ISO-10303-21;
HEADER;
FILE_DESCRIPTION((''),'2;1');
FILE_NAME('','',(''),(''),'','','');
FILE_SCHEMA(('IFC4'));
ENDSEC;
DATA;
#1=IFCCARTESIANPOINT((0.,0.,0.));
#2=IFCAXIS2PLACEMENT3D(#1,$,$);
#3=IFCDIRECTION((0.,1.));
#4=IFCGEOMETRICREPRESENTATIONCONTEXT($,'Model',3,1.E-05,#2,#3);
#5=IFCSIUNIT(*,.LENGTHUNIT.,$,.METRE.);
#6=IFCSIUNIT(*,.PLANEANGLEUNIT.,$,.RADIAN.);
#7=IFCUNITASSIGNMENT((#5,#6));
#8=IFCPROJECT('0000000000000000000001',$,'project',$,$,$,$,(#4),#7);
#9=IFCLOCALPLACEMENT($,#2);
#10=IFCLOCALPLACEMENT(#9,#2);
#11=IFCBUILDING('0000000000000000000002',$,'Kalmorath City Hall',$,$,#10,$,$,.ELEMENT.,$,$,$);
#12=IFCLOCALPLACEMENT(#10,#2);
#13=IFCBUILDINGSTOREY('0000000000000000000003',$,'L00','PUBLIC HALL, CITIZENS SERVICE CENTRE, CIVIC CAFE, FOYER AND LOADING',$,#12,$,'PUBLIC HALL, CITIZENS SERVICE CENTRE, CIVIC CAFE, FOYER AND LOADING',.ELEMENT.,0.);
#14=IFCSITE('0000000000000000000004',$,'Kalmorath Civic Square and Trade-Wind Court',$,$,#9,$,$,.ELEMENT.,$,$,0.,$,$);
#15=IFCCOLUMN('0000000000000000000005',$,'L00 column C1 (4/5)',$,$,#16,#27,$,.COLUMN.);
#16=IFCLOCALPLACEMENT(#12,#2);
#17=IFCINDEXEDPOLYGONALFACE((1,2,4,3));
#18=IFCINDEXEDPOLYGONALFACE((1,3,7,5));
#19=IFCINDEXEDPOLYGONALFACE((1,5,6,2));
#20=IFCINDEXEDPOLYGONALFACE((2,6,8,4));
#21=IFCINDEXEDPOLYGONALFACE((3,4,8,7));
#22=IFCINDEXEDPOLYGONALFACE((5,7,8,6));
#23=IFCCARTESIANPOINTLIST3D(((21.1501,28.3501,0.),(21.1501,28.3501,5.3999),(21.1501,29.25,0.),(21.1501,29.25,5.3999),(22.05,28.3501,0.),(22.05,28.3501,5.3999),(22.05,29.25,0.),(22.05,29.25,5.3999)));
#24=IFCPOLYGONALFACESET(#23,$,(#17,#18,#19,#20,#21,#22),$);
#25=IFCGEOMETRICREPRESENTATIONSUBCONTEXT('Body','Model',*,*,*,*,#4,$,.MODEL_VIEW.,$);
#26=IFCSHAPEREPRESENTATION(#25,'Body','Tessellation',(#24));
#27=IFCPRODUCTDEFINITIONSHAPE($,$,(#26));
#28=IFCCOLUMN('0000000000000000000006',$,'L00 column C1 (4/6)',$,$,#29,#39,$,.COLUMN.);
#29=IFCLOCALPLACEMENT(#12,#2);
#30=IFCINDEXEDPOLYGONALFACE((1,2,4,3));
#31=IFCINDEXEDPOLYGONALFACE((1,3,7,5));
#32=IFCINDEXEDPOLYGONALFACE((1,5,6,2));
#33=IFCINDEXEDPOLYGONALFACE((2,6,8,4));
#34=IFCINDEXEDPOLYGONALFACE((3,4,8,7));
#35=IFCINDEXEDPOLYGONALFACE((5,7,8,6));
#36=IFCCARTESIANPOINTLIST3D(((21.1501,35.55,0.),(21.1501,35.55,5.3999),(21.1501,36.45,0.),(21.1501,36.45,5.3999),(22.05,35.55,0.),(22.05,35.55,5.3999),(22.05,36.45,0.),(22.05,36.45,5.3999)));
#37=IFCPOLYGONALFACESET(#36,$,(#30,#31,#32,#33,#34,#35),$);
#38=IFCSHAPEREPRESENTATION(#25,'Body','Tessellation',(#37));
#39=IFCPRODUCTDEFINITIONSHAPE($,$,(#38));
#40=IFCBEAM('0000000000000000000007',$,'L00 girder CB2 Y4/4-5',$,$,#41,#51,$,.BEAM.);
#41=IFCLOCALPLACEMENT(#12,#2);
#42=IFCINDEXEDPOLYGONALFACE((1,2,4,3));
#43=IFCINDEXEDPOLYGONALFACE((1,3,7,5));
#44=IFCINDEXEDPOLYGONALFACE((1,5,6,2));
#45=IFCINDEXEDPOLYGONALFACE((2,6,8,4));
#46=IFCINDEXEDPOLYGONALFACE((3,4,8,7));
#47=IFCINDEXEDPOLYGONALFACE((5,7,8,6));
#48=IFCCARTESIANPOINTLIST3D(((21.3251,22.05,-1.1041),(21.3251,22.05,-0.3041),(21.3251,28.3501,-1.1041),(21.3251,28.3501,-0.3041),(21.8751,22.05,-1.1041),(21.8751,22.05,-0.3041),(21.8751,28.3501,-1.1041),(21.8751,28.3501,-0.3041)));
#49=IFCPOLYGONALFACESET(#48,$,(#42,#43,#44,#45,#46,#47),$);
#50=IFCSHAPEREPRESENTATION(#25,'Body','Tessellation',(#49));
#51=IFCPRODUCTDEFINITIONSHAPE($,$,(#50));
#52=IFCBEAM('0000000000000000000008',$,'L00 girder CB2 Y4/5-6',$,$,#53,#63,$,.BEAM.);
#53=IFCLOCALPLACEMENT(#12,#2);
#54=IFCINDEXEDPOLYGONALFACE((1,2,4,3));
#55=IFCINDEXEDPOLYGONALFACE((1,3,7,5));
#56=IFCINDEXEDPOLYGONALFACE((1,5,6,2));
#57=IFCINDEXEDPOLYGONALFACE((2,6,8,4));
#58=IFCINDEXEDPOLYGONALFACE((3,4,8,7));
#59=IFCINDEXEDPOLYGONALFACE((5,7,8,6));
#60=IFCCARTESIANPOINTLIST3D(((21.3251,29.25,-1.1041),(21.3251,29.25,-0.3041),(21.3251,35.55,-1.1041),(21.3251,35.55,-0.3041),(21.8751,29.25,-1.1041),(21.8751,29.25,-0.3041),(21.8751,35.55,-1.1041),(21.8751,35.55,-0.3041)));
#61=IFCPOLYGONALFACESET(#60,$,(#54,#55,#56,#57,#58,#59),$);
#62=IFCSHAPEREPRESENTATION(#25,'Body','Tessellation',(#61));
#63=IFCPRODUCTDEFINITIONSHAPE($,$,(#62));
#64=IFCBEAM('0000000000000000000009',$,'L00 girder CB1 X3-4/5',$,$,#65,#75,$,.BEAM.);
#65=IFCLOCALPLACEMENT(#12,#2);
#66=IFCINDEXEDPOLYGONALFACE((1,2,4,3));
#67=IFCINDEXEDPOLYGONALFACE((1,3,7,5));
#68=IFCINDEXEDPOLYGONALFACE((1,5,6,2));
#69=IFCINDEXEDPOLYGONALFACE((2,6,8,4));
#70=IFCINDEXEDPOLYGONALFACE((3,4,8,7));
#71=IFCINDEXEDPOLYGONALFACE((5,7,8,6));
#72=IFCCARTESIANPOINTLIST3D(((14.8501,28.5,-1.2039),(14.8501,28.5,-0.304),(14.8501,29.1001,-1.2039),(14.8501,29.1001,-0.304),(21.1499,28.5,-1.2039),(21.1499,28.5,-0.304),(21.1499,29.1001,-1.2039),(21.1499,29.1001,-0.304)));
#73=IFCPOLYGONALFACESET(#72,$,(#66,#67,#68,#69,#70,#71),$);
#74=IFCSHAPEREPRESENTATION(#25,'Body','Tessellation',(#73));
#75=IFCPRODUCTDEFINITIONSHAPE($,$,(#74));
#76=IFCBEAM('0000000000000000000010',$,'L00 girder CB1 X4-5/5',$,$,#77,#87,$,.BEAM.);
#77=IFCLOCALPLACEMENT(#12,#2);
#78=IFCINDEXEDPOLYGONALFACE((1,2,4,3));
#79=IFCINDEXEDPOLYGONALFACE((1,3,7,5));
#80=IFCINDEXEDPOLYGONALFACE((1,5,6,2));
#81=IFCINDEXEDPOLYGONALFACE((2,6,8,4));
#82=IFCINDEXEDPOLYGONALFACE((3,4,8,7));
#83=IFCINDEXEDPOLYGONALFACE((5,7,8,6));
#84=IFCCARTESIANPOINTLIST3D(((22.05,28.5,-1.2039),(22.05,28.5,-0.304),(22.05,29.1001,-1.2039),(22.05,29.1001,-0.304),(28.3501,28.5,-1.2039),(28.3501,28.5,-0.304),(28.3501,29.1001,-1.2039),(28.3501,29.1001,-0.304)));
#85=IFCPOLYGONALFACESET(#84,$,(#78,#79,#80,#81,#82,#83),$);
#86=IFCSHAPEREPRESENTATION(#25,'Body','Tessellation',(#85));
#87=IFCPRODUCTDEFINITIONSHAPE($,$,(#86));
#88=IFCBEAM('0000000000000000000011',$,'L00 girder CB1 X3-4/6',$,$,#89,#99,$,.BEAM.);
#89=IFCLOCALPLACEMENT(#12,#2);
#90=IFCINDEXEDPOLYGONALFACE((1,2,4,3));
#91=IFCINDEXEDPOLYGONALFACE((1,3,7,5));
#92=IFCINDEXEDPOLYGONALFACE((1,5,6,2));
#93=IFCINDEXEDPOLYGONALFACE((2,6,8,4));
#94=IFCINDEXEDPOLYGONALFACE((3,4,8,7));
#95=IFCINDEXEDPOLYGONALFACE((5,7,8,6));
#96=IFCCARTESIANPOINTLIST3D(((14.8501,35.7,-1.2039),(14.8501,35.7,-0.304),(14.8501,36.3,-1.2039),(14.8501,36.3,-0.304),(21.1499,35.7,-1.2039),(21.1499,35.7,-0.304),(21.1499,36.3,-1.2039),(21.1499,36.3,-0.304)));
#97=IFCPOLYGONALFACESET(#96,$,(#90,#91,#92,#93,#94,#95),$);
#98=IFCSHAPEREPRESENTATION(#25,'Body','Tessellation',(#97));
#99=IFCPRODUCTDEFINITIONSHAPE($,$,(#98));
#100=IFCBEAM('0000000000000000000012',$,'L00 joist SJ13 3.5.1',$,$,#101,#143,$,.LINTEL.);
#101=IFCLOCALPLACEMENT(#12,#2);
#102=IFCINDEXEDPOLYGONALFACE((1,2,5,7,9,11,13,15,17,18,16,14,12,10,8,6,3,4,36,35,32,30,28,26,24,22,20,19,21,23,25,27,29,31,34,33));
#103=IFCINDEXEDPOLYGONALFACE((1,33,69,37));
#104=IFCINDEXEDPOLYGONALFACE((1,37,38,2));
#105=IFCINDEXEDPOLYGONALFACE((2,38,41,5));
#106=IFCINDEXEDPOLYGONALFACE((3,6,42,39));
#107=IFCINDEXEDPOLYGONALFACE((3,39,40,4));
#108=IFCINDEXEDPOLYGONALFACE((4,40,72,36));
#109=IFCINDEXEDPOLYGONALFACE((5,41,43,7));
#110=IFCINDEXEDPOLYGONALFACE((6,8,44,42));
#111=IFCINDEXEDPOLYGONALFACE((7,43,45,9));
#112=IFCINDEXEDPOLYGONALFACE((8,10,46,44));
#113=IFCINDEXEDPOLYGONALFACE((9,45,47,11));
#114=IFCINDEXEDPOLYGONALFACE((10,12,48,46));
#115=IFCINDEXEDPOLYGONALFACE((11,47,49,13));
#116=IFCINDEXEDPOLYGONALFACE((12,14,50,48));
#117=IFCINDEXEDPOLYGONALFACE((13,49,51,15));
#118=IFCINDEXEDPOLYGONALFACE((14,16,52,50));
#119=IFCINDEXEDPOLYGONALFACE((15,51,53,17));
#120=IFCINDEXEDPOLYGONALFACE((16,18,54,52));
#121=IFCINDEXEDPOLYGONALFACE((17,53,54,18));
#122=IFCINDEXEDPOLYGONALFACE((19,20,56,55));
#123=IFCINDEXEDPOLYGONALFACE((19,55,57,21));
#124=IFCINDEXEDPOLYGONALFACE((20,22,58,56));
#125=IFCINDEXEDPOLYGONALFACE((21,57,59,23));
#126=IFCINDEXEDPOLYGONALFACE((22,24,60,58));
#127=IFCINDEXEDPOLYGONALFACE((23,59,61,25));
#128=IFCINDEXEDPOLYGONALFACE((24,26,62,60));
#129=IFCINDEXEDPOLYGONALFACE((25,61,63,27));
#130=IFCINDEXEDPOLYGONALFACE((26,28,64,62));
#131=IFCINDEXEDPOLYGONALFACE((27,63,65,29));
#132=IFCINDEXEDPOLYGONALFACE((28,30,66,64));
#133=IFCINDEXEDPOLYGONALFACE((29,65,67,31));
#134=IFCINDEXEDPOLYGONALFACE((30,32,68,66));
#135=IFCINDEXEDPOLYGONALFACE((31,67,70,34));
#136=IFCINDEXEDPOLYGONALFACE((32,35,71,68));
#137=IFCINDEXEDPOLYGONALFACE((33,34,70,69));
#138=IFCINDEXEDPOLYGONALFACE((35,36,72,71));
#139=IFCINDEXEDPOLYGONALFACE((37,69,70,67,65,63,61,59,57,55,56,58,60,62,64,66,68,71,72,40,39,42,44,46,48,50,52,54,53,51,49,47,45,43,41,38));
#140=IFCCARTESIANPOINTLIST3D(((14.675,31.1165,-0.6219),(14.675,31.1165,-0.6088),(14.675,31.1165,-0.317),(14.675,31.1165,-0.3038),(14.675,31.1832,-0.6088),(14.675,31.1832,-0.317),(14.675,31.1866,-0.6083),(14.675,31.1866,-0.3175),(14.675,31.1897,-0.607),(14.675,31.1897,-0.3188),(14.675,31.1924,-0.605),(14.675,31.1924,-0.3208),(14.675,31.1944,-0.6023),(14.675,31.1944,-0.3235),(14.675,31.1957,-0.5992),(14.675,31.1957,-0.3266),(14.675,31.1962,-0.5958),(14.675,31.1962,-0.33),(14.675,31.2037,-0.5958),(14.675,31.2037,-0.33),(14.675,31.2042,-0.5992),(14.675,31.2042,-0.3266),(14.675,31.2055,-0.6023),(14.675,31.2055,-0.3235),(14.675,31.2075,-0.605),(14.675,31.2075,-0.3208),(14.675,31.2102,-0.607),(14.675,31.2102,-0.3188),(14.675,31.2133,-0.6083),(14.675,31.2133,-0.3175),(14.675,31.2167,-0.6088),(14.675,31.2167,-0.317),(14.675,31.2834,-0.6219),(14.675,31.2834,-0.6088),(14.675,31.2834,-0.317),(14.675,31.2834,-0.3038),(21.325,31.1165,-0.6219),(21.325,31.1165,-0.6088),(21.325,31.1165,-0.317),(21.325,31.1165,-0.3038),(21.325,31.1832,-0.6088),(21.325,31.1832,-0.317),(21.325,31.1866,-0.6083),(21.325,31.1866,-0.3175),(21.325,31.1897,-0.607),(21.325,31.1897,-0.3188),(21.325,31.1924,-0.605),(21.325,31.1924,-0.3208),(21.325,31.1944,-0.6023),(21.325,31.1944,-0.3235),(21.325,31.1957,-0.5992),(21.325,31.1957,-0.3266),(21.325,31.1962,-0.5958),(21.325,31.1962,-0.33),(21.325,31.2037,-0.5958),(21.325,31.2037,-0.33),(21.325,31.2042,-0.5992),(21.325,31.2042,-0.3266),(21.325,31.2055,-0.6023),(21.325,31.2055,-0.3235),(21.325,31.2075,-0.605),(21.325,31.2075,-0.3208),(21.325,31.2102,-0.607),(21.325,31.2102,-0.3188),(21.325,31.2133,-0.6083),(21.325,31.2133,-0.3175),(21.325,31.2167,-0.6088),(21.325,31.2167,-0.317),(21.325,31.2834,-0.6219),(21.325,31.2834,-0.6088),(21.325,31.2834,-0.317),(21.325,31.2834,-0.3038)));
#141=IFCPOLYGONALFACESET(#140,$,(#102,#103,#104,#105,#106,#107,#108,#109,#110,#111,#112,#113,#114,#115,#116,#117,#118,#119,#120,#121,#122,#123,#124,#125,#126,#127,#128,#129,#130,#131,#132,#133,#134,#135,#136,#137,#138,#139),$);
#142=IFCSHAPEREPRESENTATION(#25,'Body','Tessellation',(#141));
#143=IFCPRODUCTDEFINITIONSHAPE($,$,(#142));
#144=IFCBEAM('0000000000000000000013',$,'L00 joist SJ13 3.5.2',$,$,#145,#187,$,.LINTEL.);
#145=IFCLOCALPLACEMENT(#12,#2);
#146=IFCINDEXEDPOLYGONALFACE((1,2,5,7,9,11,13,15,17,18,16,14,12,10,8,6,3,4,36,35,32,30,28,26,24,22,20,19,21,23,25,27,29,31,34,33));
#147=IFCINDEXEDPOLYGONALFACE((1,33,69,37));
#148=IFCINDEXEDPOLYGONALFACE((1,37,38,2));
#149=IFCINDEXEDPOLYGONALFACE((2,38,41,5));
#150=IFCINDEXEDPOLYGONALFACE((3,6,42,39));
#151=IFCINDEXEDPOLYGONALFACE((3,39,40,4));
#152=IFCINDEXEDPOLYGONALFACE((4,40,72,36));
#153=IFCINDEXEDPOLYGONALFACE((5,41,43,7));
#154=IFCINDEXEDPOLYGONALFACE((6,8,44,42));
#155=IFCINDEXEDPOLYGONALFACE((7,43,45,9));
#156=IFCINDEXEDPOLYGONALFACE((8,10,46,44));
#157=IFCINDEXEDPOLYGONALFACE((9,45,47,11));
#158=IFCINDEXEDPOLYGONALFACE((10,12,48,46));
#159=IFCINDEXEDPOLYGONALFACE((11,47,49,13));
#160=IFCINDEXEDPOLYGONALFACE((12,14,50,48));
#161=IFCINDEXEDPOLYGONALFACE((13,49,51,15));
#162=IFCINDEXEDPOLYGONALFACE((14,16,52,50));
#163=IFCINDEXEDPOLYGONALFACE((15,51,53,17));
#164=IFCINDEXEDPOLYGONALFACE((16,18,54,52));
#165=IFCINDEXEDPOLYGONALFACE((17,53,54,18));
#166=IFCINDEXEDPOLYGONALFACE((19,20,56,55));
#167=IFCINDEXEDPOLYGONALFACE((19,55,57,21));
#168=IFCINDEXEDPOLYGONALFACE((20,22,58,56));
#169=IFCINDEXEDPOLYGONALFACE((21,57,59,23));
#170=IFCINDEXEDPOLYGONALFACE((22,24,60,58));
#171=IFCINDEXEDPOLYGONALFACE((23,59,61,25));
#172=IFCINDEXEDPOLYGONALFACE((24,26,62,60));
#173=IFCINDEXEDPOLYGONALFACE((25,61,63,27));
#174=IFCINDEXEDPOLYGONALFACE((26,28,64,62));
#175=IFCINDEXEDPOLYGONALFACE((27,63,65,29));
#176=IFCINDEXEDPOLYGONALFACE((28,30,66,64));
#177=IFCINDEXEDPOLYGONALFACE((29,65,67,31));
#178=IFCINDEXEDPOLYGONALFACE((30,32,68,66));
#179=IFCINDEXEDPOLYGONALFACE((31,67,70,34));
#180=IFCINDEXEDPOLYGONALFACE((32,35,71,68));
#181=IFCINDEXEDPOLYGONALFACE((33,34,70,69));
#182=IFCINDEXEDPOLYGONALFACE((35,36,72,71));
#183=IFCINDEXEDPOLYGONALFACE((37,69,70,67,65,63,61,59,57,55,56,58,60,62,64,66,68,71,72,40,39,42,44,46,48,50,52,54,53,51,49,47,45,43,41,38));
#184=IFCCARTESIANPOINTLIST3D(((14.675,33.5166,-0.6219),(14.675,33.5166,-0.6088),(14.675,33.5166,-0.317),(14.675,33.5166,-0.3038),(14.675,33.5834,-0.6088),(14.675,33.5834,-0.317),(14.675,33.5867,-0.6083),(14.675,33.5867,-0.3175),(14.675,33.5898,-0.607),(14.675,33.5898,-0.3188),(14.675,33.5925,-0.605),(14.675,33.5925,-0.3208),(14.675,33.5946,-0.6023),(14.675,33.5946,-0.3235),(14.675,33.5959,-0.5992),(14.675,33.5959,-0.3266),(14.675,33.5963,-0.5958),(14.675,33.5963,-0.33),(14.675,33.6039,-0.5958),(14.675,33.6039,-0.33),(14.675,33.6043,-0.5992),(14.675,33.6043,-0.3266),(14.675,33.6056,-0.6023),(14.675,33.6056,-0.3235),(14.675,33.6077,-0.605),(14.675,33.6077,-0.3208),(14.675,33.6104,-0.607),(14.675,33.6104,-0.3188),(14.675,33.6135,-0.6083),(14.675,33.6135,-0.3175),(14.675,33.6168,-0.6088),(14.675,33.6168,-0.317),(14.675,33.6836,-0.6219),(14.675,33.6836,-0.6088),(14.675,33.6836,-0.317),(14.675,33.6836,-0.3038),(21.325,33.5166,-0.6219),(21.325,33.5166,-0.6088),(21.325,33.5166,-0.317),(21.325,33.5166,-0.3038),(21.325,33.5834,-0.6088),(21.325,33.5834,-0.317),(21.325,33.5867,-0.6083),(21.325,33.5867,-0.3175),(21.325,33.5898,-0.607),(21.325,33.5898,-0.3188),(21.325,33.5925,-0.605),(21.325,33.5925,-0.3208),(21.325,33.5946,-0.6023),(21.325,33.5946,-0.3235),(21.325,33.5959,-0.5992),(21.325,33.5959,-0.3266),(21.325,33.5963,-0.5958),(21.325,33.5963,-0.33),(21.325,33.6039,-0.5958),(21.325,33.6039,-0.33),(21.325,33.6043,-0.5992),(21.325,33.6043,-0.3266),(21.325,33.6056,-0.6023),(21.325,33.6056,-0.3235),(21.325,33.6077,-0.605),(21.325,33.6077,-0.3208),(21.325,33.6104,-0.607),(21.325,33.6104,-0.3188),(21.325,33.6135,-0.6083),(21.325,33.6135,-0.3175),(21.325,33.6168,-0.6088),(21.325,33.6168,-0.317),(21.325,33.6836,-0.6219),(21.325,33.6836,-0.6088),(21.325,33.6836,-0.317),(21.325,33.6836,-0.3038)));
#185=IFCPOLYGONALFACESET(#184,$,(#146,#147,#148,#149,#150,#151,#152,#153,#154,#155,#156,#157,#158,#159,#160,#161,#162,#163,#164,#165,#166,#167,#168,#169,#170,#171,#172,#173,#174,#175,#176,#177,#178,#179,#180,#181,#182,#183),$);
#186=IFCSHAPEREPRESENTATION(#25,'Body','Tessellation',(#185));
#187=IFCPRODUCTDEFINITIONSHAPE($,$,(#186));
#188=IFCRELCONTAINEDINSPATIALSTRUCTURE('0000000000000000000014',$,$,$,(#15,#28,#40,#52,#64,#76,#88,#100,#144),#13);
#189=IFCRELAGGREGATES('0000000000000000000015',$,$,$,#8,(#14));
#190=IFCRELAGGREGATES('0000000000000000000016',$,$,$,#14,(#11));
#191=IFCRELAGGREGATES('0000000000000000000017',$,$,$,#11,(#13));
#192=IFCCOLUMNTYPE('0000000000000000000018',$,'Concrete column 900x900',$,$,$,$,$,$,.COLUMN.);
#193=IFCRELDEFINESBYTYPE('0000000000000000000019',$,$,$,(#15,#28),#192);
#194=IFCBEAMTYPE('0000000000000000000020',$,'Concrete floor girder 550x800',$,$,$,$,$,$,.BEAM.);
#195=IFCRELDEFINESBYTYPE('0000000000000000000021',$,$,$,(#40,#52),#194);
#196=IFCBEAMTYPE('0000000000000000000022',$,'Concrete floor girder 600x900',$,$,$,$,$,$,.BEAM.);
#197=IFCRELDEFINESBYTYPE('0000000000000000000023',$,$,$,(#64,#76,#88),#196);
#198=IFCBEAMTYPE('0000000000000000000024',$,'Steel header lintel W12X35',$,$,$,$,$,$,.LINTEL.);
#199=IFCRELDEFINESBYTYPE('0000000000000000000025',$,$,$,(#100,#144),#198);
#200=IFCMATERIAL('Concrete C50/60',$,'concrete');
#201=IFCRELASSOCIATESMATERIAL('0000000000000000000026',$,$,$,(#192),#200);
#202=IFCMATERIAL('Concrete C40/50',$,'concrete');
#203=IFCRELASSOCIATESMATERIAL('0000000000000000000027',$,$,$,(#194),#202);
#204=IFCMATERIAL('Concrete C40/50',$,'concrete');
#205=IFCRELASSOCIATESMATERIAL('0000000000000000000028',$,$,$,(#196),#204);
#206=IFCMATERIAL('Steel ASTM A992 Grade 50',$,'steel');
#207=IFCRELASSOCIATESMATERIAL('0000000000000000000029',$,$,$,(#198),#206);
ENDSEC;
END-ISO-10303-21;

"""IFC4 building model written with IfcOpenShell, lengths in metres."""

from ifc_helpers import new_model, si_unit, direction, frame, origin, origin_2d, place, context, subcontext, project, spatial, rectangle, i_section, extrude, material, material_profile, profile_set, type_object, element, save


model = new_model("IFC4")

# Units and contexts
model_context = context("Model", 3, precision=1e-05, world=origin(), true_north=direction((0.0, 1.0)))
body_context = subcontext(model_context, "Body", "Model", "MODEL_VIEW")
ifc_project = project(units=[si_unit("LENGTHUNIT", "METRE"), si_unit("PLANEANGLEUNIT", "RADIAN")], contexts=[model_context])

# Site, building, storey
site_placement = place(None, origin())
site = spatial("IfcSite", under=ifc_project, at=site_placement, Name="Kalmorath Civic Square and Trade-Wind Court", CompositionType="ELEMENT", RefElevation=0.0)
building_placement = place(site_placement, origin())
building = spatial("IfcBuilding", under=site, at=building_placement, Name="Kalmorath City Hall", CompositionType="ELEMENT")
storey_placement = place(building_placement, origin())
storey = spatial("IfcBuildingStorey", under=building, at=storey_placement, Name="L00", Description="PUBLIC HALL, CITIZENS SERVICE CENTRE, CIVIC CAFE, FOYER AND LOADING", LongName="PUBLIC HALL, CITIZENS SERVICE CENTRE, CIVIC CAFE, FOYER AND LOADING", CompositionType="ELEMENT", Elevation=0.0)

# Columns
ifc_material_1 = material(Name="Concrete C50/60", Category="concrete")
ifc_material_profile_1 = material_profile(ifc_material_1, rectangle(XDim=0.8999, YDim=0.8999, at=origin_2d()), Name="RC-COL-900X900")
ifc_profile_set_1 = profile_set([ifc_material_profile_1], Name="Concrete C50/60")
column_type = type_object("IfcColumnType", Name="Concrete column 900x900", PredefinedType="COLUMN", material=ifc_profile_set_1)
for number, where, z_axis, x_axis, name in (
    (1, (21.6001, 28.8, 0.0), (0.0, 0.0, 1.0), (1.0, 0.0, 0.0), "L00 column C1 (4/5)"),
    (2, (21.6001, 36.0, 0.0), (0.0, 0.0, 1.0), (1.0, 0.0, 0.0), "L00 column C1 (4/6)"),
):
    element("IfcColumn", number, at=place(storey_placement, frame(where, z_axis=z_axis, x_axis=x_axis)), inside=storey, type_object=column_type, Name=name, PredefinedType="COLUMN", context=body_context, shape_type="SweptSolid", body=[
        extrude(rectangle(XDim=0.8999, YDim=0.8999, at=origin_2d()), origin(), (0.0, 0.0, 1.0), 5.3999),
    ])

# Beams
ifc_material_2 = material(Name="Concrete C40/50", Category="concrete")
ifc_material_profile_2 = material_profile(ifc_material_2, rectangle(XDim=0.55, YDim=0.8, at=origin_2d()), Name="RC-BM-550X800")
ifc_profile_set_2 = profile_set([ifc_material_profile_2], Name="Concrete C40/50")
beam_type_1 = type_object("IfcBeamType", Name="Concrete floor girder 550x800", PredefinedType="BEAM", material=ifc_profile_set_2)
for number, where, z_axis, x_axis, name in (
    (3, (21.6001, 22.05, -0.7041), (0.0, 1.0, 0.0), (-1.0, 0.0, 0.0), "L00 girder CB2 Y4/4-5"),
    (4, (21.6001, 29.25, -0.7041), (0.0, 1.0, 0.0), (-1.0, 0.0, 0.0), "L00 girder CB2 Y4/5-6"),
):
    element("IfcBeam", number, at=place(storey_placement, frame(where, z_axis=z_axis, x_axis=x_axis)), inside=storey, type_object=beam_type_1, Name=name, PredefinedType="BEAM", context=body_context, shape_type="SweptSolid", body=[
        extrude(rectangle(XDim=0.55, YDim=0.8, at=origin_2d()), origin(), (0.0, 0.0, 1.0), 6.3),
    ])
ifc_material_3 = material(Name="Concrete C40/50", Category="concrete")
ifc_material_profile_3 = material_profile(ifc_material_3, rectangle(XDim=0.6001, YDim=0.8999, at=origin_2d()), Name="RC-BM-600X900")
ifc_profile_set_3 = profile_set([ifc_material_profile_3], Name="Concrete C40/50")
beam_type_2 = type_object("IfcBeamType", Name="Concrete floor girder 600x900", PredefinedType="BEAM", material=ifc_profile_set_3)
beam_1_placement = place(storey_placement, frame((14.8501, 28.8, -0.7539), z_axis=(1.0, 0.0, 0.0), x_axis=(0.0, 1.0, 0.0)))
element("IfcBeam", 5, at=beam_1_placement, inside=storey, type_object=beam_type_2, Name="L00 girder CB1 X3-4/5", PredefinedType="BEAM", context=body_context, shape_type="SweptSolid", body=[
    extrude(rectangle(XDim=0.6001, YDim=0.8999, at=origin_2d()), origin(), (0.0, 0.0, 1.0), 6.2998),
])
beam_2_placement = place(storey_placement, frame((22.05, 28.8, -0.7539), z_axis=(1.0, 0.0, 0.0), x_axis=(0.0, 1.0, 0.0)))
element("IfcBeam", 6, at=beam_2_placement, inside=storey, type_object=beam_type_2, Name="L00 girder CB1 X4-5/5", PredefinedType="BEAM", context=body_context, shape_type="SweptSolid", body=[
    extrude(rectangle(XDim=0.6001, YDim=0.8999, at=origin_2d()), origin(), (0.0, 0.0, 1.0), 6.3),
])
beam_3_placement = place(storey_placement, frame((14.8501, 36.0, -0.7539), z_axis=(1.0, 0.0, 0.0), x_axis=(0.0, 1.0, 0.0)))
element("IfcBeam", 7, at=beam_3_placement, inside=storey, type_object=beam_type_2, Name="L00 girder CB1 X3-4/6", PredefinedType="BEAM", context=body_context, shape_type="SweptSolid", body=[
    extrude(rectangle(XDim=0.6001, YDim=0.8999, at=origin_2d()), origin(), (0.0, 0.0, 1.0), 6.2998),
])
ifc_material_4 = material(Name="Steel ASTM A992 Grade 50", Category="steel")
ifc_material_profile_4 = material_profile(ifc_material_4, i_section(OverallWidth=0.167, OverallDepth=0.3181, WebThickness=0.0076, FlangeThickness=0.0132, FilletRadius=0.0129, at=origin_2d()), Name="W12X35")
ifc_profile_set_4 = profile_set([ifc_material_profile_4], Name="Steel ASTM A992 Grade 50")
beam_type_3 = type_object("IfcBeamType", Name="Steel header lintel W12X35", PredefinedType="LINTEL", material=ifc_profile_set_4)
for number, where, z_axis, x_axis, name in (
    (8, (14.675, 31.2, -0.4629), (1.0, 0.0, 0.0), (0.0, 1.0, 0.0), "L00 joist SJ13 3.5.1"),
    (9, (14.675, 33.6001, -0.4629), (1.0, 0.0, 0.0), (0.0, 1.0, 0.0), "L00 joist SJ13 3.5.2"),
):
    element("IfcBeam", number, at=place(storey_placement, frame(where, z_axis=z_axis, x_axis=x_axis)), inside=storey, type_object=beam_type_3, Name=name, PredefinedType="LINTEL", context=body_context, shape_type="SweptSolid", body=[
        extrude(i_section(OverallWidth=0.167, OverallDepth=0.3181, WebThickness=0.0076, FlangeThickness=0.0132, FilletRadius=0.0129, at=origin_2d()), origin(), (0.0, 0.0, 1.0), 6.6499),
    ])

save(model, "model.ifc")
